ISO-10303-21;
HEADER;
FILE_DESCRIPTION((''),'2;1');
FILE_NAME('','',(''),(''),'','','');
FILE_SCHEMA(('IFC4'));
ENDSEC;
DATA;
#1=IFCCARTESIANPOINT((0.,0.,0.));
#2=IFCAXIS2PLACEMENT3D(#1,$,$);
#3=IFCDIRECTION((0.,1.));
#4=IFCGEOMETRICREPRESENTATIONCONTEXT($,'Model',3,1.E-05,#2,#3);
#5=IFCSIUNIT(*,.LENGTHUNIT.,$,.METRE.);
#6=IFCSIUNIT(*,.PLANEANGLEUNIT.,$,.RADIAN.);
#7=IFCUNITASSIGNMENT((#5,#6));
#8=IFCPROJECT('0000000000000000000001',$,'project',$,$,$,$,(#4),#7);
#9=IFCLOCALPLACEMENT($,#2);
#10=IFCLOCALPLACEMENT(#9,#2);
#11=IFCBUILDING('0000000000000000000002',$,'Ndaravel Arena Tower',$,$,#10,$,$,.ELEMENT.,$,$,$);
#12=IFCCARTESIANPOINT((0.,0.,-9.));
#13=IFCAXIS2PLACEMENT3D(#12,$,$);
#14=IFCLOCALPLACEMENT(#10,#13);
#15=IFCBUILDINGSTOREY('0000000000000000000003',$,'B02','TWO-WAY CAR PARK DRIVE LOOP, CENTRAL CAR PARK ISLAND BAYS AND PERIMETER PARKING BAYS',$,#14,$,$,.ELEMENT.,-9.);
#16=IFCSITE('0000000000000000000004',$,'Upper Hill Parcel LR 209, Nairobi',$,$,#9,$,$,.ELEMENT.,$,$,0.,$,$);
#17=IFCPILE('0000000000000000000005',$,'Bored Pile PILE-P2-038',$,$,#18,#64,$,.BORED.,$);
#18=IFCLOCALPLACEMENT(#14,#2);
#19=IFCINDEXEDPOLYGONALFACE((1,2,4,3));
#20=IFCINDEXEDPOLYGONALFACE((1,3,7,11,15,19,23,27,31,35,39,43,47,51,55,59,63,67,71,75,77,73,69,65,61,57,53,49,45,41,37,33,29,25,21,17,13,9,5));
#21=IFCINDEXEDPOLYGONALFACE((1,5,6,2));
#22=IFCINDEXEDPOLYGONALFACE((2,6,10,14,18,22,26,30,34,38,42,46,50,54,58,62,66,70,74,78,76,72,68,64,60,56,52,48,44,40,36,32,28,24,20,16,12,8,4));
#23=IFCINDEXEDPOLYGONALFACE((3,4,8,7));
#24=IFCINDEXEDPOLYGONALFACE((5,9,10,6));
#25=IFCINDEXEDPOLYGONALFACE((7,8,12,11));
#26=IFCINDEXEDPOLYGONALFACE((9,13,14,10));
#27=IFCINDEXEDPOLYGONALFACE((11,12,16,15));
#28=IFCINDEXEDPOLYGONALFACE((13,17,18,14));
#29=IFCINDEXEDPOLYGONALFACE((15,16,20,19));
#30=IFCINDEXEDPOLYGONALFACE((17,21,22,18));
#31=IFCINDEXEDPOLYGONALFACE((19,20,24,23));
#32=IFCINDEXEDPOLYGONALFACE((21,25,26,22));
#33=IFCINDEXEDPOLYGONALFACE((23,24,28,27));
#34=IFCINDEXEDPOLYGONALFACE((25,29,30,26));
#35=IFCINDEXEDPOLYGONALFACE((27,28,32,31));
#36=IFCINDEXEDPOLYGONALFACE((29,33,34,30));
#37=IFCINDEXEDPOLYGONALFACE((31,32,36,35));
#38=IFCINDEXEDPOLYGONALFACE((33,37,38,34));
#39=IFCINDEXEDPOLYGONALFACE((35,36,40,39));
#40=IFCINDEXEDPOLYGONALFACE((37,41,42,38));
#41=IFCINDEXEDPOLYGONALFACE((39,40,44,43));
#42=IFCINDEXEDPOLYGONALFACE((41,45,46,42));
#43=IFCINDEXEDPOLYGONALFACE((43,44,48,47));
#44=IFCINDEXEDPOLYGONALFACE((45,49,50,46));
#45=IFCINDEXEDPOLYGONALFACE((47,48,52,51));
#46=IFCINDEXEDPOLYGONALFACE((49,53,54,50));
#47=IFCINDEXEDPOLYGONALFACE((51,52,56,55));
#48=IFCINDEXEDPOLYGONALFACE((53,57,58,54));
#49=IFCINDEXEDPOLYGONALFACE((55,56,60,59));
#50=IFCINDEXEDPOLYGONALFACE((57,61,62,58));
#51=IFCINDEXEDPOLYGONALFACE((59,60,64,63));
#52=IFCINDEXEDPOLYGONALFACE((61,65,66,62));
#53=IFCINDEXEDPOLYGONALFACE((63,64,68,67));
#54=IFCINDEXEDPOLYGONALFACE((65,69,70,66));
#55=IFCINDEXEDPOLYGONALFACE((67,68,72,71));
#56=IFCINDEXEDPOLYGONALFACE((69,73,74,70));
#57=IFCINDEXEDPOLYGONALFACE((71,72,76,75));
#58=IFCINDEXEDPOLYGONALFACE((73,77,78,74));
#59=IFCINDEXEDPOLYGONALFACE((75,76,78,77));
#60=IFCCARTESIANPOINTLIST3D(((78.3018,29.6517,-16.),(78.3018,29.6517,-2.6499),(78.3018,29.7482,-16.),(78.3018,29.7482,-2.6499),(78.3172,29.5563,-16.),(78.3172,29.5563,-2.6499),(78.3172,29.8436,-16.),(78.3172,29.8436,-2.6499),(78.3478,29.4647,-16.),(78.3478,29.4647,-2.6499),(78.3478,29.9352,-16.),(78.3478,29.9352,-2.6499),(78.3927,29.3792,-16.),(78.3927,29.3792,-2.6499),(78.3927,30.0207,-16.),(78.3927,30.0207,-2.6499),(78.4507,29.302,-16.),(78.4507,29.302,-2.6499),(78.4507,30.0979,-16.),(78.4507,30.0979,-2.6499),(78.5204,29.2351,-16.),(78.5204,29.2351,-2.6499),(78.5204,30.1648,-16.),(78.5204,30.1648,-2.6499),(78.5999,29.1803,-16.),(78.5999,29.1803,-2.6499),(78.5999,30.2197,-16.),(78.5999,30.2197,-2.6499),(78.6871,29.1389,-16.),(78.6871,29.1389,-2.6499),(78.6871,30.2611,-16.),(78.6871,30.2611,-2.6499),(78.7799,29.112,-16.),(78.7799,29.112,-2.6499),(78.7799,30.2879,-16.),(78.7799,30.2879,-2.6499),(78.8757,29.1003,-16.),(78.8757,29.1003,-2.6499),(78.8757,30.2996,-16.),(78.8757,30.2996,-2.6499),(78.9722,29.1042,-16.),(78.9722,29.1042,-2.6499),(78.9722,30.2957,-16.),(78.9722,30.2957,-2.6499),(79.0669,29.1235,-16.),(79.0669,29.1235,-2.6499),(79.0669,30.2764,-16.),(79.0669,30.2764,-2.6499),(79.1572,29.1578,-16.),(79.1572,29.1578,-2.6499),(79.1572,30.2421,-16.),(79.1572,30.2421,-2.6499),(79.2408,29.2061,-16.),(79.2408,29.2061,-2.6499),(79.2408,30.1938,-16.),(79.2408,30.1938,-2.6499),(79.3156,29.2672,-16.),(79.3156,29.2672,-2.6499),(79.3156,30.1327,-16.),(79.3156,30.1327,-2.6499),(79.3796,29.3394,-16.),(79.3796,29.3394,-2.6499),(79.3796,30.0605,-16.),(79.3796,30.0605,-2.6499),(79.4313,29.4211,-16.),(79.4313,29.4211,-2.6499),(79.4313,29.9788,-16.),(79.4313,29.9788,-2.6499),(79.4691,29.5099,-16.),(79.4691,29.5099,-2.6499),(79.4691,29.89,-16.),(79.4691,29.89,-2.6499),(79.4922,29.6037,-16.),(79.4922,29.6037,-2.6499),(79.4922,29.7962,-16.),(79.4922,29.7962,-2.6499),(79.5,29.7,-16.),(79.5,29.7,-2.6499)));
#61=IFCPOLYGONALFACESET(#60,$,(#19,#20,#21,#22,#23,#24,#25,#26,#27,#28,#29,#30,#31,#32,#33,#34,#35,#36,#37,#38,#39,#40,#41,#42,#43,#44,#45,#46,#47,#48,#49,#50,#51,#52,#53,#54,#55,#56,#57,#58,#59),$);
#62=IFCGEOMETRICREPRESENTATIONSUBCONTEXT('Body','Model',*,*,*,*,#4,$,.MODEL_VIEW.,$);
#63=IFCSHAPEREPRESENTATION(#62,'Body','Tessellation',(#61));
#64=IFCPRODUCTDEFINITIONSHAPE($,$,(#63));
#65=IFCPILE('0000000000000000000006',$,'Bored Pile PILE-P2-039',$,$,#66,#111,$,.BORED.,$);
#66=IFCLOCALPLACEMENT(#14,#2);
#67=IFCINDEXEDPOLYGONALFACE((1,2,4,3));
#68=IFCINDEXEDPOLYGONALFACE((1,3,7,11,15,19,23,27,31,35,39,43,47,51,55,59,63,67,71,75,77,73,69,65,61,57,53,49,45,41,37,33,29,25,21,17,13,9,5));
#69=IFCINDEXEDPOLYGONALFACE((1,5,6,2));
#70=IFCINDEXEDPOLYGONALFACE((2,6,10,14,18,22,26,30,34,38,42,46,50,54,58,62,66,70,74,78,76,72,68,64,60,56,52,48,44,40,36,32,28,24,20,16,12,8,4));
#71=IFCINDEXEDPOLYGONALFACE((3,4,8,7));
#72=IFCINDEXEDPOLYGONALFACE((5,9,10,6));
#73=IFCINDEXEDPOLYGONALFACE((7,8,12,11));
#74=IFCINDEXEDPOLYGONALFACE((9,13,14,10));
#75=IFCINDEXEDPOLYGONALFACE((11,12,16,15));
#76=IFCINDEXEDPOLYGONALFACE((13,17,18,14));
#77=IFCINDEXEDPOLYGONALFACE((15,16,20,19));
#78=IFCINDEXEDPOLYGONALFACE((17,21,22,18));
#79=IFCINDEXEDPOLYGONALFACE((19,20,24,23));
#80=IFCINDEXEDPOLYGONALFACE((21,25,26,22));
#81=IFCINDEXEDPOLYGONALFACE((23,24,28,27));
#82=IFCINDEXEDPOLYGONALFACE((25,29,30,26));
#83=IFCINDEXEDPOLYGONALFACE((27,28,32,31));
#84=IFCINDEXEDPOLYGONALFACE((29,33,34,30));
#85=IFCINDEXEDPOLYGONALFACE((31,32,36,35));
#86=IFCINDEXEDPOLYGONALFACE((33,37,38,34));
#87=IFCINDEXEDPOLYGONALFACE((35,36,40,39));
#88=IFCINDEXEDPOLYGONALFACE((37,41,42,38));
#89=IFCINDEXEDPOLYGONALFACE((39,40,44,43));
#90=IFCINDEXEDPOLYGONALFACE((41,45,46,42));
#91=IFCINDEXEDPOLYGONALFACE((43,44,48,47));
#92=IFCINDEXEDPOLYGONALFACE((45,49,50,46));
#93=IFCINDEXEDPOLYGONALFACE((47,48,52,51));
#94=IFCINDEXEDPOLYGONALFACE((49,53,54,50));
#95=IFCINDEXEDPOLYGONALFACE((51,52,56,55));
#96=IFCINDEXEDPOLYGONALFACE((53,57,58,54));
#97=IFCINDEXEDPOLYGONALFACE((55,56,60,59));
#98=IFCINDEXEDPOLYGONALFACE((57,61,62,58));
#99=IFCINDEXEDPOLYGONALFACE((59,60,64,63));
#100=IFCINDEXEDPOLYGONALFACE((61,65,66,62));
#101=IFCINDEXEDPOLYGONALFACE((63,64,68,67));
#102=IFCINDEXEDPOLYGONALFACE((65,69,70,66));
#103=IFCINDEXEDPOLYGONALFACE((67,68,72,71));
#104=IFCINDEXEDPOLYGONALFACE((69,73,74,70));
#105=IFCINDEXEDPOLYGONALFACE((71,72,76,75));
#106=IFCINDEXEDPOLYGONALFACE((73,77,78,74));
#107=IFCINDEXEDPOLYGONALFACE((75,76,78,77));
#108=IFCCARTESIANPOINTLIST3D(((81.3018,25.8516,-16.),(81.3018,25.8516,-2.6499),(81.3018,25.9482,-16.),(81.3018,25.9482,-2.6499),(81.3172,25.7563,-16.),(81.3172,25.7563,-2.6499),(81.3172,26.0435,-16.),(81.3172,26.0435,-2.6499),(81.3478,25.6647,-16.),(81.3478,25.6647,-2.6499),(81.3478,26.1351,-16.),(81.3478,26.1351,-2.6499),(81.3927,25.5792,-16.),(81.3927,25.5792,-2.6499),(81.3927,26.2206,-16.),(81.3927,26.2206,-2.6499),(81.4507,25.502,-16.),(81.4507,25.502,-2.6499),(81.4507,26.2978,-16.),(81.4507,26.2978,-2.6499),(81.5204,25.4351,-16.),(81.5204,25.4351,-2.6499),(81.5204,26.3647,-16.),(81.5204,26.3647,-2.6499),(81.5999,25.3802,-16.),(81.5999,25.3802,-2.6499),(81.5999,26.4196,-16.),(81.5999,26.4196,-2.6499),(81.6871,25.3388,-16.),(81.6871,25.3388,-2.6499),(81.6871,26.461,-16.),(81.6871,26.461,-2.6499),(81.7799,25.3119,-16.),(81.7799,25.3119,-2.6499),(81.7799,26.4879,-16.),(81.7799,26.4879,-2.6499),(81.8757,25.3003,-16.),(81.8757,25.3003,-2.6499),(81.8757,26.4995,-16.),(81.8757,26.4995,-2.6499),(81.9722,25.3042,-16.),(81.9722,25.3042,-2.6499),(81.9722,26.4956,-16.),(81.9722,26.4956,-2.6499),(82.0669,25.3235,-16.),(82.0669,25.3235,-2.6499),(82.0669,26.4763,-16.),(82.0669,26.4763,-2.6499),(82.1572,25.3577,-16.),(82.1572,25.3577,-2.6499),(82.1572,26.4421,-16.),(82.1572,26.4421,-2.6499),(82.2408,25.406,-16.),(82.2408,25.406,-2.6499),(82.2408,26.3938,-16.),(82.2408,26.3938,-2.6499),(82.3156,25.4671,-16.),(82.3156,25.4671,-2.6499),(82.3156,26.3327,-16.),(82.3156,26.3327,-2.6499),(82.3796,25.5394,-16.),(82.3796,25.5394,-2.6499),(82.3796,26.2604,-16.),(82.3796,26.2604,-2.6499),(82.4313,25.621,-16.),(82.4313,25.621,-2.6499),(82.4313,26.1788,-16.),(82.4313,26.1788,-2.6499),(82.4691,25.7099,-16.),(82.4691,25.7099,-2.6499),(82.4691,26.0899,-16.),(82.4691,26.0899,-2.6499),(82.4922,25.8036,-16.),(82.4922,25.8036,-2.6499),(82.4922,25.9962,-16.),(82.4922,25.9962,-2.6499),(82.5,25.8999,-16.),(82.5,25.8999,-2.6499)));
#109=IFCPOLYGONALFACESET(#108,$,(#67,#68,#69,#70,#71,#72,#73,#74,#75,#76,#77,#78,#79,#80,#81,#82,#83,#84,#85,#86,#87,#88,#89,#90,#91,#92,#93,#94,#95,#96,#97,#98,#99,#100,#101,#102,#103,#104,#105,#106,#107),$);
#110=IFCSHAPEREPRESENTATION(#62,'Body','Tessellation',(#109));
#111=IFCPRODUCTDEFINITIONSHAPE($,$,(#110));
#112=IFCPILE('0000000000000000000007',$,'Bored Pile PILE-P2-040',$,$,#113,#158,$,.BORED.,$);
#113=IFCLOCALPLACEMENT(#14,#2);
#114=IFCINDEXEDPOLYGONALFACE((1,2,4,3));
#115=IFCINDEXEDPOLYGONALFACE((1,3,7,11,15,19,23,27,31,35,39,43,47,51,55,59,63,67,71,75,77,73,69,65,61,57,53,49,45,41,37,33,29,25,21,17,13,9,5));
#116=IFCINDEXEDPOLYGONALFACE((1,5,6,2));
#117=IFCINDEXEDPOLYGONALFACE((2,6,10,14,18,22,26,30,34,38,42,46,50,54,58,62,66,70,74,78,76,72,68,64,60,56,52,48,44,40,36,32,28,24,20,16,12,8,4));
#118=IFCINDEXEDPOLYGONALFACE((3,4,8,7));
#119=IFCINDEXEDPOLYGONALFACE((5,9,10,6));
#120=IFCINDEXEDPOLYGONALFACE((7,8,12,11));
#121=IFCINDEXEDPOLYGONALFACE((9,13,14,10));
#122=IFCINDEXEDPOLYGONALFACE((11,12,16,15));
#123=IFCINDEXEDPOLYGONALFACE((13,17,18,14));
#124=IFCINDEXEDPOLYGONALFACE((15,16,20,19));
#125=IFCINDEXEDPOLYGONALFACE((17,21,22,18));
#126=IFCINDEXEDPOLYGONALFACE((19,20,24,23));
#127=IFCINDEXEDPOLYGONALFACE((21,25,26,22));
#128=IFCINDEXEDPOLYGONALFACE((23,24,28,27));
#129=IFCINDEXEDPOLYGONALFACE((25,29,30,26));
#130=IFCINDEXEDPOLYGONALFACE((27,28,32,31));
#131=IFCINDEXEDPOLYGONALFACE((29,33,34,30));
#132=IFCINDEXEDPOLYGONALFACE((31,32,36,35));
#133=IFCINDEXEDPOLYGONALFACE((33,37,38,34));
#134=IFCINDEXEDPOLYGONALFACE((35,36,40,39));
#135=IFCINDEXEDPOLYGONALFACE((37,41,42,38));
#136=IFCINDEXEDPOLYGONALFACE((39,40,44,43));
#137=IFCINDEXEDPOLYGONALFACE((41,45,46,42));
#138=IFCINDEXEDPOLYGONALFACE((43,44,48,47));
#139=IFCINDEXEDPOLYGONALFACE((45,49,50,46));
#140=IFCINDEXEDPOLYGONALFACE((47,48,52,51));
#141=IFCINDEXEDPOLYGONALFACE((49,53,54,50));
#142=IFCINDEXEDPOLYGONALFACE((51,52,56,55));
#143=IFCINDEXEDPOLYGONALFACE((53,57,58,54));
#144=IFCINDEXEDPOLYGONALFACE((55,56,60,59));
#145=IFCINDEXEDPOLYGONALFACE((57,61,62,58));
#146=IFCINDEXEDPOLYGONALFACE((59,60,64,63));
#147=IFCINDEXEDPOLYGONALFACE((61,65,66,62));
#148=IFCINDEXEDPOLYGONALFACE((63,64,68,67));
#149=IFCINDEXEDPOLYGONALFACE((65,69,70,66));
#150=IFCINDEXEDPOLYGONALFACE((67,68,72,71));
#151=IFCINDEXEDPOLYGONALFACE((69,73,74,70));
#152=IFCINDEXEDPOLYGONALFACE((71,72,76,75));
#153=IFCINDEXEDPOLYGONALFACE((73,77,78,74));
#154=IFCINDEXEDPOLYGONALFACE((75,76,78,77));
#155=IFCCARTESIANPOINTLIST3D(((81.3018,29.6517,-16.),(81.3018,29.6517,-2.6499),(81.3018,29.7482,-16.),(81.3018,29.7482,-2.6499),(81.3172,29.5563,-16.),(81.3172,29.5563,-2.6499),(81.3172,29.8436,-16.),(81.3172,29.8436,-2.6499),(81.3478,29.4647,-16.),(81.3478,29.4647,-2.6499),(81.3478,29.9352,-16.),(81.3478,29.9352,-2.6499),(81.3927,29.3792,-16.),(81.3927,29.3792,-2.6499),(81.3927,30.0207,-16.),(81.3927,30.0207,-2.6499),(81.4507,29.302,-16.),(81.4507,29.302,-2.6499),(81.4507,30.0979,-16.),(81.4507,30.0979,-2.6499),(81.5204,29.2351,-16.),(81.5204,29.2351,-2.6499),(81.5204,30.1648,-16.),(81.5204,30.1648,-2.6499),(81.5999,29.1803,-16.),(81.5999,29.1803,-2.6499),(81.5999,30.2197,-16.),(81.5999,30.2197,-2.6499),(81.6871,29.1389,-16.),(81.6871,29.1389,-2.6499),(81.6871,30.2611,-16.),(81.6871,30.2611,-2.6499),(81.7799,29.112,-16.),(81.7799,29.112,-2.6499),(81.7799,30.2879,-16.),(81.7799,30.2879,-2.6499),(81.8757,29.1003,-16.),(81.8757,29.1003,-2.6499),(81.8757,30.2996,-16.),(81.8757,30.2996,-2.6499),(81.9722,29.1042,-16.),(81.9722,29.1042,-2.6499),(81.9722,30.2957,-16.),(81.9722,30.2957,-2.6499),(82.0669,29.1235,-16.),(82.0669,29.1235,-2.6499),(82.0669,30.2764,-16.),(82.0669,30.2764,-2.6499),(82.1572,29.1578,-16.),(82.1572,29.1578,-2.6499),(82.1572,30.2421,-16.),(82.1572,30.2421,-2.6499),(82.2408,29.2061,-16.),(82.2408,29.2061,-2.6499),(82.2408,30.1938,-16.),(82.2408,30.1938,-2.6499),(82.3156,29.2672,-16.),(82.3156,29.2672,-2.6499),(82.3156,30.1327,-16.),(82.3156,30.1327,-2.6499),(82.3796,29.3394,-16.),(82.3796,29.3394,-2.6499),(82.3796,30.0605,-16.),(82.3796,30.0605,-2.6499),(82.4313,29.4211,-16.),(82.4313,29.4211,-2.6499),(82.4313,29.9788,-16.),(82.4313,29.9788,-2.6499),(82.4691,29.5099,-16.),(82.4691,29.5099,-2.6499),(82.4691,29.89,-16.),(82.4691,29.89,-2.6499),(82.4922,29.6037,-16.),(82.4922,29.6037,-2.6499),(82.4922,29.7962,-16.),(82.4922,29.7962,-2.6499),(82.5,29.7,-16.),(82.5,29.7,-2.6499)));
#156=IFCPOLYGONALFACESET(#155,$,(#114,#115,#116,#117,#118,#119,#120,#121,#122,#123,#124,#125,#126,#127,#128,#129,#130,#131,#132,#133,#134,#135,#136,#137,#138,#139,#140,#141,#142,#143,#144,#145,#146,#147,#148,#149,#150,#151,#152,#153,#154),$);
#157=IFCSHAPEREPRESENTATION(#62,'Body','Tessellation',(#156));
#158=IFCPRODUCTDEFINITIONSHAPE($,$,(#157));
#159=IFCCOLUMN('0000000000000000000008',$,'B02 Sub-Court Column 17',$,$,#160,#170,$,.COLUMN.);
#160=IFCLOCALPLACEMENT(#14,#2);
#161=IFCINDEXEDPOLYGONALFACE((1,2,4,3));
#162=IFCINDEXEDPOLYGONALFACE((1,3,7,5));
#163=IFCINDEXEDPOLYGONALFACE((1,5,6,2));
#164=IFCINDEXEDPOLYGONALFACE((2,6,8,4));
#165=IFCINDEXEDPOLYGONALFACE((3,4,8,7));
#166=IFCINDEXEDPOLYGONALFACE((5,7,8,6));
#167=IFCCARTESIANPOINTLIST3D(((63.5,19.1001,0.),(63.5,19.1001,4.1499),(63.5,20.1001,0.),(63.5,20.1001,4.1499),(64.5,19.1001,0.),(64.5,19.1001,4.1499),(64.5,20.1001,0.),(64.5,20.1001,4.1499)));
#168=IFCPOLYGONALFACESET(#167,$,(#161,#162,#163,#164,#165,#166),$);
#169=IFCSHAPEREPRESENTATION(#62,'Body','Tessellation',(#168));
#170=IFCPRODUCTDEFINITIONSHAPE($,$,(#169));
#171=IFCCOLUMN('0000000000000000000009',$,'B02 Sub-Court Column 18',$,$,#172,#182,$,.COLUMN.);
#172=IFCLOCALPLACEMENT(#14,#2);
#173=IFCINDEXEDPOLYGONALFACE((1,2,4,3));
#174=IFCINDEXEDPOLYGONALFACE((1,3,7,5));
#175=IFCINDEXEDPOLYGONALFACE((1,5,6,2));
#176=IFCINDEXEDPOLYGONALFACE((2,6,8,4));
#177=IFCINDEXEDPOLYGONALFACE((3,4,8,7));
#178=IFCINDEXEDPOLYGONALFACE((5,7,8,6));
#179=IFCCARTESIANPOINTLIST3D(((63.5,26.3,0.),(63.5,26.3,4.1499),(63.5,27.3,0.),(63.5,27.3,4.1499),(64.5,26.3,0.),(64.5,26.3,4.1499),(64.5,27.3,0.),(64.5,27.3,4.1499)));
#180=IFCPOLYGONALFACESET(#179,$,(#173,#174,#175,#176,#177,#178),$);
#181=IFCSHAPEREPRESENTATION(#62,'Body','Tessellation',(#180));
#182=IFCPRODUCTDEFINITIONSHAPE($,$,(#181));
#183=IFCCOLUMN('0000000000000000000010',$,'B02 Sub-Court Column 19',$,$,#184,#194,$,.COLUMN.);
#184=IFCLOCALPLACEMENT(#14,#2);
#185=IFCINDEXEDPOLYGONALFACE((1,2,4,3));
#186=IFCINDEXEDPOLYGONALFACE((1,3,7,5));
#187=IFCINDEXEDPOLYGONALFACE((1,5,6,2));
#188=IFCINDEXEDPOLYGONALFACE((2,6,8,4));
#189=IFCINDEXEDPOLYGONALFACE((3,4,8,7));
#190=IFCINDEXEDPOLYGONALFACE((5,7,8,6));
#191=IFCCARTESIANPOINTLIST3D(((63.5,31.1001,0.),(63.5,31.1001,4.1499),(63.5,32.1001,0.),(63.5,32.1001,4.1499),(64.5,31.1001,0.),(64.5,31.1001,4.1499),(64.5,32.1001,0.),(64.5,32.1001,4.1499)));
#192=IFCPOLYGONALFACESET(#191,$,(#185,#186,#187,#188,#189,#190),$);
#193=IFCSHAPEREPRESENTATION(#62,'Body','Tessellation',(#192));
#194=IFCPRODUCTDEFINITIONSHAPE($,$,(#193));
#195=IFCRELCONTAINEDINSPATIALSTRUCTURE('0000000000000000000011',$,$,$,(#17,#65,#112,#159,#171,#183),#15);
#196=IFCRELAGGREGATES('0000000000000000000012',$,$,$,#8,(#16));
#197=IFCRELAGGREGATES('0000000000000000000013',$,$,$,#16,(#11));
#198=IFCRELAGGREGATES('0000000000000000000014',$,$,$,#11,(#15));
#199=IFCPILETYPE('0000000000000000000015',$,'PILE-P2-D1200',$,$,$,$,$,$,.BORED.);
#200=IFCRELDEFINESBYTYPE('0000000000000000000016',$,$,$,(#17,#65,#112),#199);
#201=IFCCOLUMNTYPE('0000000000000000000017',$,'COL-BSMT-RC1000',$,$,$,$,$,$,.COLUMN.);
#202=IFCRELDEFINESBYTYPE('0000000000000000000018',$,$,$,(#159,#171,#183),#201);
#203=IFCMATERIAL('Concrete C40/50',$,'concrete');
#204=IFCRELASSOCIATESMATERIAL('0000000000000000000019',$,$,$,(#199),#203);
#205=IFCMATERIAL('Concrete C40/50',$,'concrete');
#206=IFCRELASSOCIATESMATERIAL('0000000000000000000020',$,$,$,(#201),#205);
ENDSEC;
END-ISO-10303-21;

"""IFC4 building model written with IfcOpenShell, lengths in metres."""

from ifc_helpers import new_model, si_unit, direction, frame, origin, origin_2d, place, context, subcontext, project, spatial, rectangle, circle, extrude, material, material_profile, profile_set, type_object, element, save


model = new_model("IFC4")

# Units and contexts
model_context = context("Model", 3, precision=1e-05, world=origin(), true_north=direction((0.0, 1.0)))
body_context = subcontext(model_context, "Body", "Model", "MODEL_VIEW")
ifc_project = project(units=[si_unit("LENGTHUNIT", "METRE"), si_unit("PLANEANGLEUNIT", "RADIAN")], contexts=[model_context])

# Site, building, storey
site_placement = place(None, origin())
site = spatial("IfcSite", under=ifc_project, at=site_placement, Name="Upper Hill Parcel LR 209, Nairobi", CompositionType="ELEMENT", RefElevation=0.0)
building_placement = place(site_placement, origin())
building = spatial("IfcBuilding", under=site, at=building_placement, Name="Ndaravel Arena Tower", CompositionType="ELEMENT")
storey_placement = place(building_placement, frame((0.0, 0.0, -9.0)))
storey = spatial("IfcBuildingStorey", under=building, at=storey_placement, Name="B02", Description="TWO-WAY CAR PARK DRIVE LOOP, CENTRAL CAR PARK ISLAND BAYS AND PERIMETER PARKING BAYS", CompositionType="ELEMENT", Elevation=-9.0)

# Piles
ifc_material_1 = material(Name="Concrete C40/50", Category="concrete")
ifc_material_profile_1 = material_profile(ifc_material_1, circle(Radius=0.6001, at=origin_2d()), Name="BORED PILE D1200")
ifc_profile_set_1 = profile_set([ifc_material_profile_1], Name="Concrete C40/50")
pile_type_1 = type_object("IfcPileType", Name="PILE-P2-D1200", PredefinedType="BORED", material=ifc_profile_set_1)
for number, where, z_axis, x_axis, name in (
    (1, (78.8999, 29.7, -2.6499), (0.0, 0.0, -1.0), (1.0, 0.0, 0.0), "Bored Pile PILE-P2-038"),
    (2, (81.8999, 25.8999, -2.6499), (0.0, 0.0, -1.0), (1.0, 0.0, 0.0), "Bored Pile PILE-P2-039"),
    (3, (81.8999, 29.7, -2.6499), (0.0, 0.0, -1.0), (1.0, 0.0, 0.0), "Bored Pile PILE-P2-040"),
):
    element("IfcPile", number, at=place(storey_placement, frame(where, z_axis=z_axis, x_axis=x_axis)), inside=storey, type_object=pile_type_1, Name=name, PredefinedType="BORED", context=body_context, shape_type="SweptSolid", body=[
        extrude(circle(Radius=0.6001, at=origin_2d()), origin(), (0.0, 0.0, 1.0), 13.3501),
    ])

# Columns
ifc_material_2 = material(Name="Concrete C40/50", Category="concrete")
ifc_material_profile_2 = material_profile(ifc_material_2, rectangle(XDim=1.0, YDim=1.0, at=origin_2d()), Name="RC 1000x1000")
ifc_profile_set_2 = profile_set([ifc_material_profile_2], Name="Concrete C40/50")
column_type_1 = type_object("IfcColumnType", Name="COL-BSMT-RC1000", PredefinedType="COLUMN", material=ifc_profile_set_2)
for number, where, z_axis, x_axis, name in (
    (4, (64.0, 19.6001, 0.0), (0.0, 0.0, 1.0), (1.0, 0.0, 0.0), "B02 Sub-Court Column 17"),
    (5, (64.0, 26.8, 0.0), (0.0, 0.0, 1.0), (1.0, 0.0, 0.0), "B02 Sub-Court Column 18"),
    (6, (64.0, 31.6001, 0.0), (0.0, 0.0, 1.0), (1.0, 0.0, 0.0), "B02 Sub-Court Column 19"),
):
    element("IfcColumn", number, at=place(storey_placement, frame(where, z_axis=z_axis, x_axis=x_axis)), inside=storey, type_object=column_type_1, Name=name, PredefinedType="COLUMN", context=body_context, shape_type="SweptSolid", body=[
        extrude(rectangle(XDim=1.0, YDim=1.0, at=origin_2d()), origin(), (0.0, 0.0, 1.0), 4.1499),
    ])

save(model, "model.ifc")
